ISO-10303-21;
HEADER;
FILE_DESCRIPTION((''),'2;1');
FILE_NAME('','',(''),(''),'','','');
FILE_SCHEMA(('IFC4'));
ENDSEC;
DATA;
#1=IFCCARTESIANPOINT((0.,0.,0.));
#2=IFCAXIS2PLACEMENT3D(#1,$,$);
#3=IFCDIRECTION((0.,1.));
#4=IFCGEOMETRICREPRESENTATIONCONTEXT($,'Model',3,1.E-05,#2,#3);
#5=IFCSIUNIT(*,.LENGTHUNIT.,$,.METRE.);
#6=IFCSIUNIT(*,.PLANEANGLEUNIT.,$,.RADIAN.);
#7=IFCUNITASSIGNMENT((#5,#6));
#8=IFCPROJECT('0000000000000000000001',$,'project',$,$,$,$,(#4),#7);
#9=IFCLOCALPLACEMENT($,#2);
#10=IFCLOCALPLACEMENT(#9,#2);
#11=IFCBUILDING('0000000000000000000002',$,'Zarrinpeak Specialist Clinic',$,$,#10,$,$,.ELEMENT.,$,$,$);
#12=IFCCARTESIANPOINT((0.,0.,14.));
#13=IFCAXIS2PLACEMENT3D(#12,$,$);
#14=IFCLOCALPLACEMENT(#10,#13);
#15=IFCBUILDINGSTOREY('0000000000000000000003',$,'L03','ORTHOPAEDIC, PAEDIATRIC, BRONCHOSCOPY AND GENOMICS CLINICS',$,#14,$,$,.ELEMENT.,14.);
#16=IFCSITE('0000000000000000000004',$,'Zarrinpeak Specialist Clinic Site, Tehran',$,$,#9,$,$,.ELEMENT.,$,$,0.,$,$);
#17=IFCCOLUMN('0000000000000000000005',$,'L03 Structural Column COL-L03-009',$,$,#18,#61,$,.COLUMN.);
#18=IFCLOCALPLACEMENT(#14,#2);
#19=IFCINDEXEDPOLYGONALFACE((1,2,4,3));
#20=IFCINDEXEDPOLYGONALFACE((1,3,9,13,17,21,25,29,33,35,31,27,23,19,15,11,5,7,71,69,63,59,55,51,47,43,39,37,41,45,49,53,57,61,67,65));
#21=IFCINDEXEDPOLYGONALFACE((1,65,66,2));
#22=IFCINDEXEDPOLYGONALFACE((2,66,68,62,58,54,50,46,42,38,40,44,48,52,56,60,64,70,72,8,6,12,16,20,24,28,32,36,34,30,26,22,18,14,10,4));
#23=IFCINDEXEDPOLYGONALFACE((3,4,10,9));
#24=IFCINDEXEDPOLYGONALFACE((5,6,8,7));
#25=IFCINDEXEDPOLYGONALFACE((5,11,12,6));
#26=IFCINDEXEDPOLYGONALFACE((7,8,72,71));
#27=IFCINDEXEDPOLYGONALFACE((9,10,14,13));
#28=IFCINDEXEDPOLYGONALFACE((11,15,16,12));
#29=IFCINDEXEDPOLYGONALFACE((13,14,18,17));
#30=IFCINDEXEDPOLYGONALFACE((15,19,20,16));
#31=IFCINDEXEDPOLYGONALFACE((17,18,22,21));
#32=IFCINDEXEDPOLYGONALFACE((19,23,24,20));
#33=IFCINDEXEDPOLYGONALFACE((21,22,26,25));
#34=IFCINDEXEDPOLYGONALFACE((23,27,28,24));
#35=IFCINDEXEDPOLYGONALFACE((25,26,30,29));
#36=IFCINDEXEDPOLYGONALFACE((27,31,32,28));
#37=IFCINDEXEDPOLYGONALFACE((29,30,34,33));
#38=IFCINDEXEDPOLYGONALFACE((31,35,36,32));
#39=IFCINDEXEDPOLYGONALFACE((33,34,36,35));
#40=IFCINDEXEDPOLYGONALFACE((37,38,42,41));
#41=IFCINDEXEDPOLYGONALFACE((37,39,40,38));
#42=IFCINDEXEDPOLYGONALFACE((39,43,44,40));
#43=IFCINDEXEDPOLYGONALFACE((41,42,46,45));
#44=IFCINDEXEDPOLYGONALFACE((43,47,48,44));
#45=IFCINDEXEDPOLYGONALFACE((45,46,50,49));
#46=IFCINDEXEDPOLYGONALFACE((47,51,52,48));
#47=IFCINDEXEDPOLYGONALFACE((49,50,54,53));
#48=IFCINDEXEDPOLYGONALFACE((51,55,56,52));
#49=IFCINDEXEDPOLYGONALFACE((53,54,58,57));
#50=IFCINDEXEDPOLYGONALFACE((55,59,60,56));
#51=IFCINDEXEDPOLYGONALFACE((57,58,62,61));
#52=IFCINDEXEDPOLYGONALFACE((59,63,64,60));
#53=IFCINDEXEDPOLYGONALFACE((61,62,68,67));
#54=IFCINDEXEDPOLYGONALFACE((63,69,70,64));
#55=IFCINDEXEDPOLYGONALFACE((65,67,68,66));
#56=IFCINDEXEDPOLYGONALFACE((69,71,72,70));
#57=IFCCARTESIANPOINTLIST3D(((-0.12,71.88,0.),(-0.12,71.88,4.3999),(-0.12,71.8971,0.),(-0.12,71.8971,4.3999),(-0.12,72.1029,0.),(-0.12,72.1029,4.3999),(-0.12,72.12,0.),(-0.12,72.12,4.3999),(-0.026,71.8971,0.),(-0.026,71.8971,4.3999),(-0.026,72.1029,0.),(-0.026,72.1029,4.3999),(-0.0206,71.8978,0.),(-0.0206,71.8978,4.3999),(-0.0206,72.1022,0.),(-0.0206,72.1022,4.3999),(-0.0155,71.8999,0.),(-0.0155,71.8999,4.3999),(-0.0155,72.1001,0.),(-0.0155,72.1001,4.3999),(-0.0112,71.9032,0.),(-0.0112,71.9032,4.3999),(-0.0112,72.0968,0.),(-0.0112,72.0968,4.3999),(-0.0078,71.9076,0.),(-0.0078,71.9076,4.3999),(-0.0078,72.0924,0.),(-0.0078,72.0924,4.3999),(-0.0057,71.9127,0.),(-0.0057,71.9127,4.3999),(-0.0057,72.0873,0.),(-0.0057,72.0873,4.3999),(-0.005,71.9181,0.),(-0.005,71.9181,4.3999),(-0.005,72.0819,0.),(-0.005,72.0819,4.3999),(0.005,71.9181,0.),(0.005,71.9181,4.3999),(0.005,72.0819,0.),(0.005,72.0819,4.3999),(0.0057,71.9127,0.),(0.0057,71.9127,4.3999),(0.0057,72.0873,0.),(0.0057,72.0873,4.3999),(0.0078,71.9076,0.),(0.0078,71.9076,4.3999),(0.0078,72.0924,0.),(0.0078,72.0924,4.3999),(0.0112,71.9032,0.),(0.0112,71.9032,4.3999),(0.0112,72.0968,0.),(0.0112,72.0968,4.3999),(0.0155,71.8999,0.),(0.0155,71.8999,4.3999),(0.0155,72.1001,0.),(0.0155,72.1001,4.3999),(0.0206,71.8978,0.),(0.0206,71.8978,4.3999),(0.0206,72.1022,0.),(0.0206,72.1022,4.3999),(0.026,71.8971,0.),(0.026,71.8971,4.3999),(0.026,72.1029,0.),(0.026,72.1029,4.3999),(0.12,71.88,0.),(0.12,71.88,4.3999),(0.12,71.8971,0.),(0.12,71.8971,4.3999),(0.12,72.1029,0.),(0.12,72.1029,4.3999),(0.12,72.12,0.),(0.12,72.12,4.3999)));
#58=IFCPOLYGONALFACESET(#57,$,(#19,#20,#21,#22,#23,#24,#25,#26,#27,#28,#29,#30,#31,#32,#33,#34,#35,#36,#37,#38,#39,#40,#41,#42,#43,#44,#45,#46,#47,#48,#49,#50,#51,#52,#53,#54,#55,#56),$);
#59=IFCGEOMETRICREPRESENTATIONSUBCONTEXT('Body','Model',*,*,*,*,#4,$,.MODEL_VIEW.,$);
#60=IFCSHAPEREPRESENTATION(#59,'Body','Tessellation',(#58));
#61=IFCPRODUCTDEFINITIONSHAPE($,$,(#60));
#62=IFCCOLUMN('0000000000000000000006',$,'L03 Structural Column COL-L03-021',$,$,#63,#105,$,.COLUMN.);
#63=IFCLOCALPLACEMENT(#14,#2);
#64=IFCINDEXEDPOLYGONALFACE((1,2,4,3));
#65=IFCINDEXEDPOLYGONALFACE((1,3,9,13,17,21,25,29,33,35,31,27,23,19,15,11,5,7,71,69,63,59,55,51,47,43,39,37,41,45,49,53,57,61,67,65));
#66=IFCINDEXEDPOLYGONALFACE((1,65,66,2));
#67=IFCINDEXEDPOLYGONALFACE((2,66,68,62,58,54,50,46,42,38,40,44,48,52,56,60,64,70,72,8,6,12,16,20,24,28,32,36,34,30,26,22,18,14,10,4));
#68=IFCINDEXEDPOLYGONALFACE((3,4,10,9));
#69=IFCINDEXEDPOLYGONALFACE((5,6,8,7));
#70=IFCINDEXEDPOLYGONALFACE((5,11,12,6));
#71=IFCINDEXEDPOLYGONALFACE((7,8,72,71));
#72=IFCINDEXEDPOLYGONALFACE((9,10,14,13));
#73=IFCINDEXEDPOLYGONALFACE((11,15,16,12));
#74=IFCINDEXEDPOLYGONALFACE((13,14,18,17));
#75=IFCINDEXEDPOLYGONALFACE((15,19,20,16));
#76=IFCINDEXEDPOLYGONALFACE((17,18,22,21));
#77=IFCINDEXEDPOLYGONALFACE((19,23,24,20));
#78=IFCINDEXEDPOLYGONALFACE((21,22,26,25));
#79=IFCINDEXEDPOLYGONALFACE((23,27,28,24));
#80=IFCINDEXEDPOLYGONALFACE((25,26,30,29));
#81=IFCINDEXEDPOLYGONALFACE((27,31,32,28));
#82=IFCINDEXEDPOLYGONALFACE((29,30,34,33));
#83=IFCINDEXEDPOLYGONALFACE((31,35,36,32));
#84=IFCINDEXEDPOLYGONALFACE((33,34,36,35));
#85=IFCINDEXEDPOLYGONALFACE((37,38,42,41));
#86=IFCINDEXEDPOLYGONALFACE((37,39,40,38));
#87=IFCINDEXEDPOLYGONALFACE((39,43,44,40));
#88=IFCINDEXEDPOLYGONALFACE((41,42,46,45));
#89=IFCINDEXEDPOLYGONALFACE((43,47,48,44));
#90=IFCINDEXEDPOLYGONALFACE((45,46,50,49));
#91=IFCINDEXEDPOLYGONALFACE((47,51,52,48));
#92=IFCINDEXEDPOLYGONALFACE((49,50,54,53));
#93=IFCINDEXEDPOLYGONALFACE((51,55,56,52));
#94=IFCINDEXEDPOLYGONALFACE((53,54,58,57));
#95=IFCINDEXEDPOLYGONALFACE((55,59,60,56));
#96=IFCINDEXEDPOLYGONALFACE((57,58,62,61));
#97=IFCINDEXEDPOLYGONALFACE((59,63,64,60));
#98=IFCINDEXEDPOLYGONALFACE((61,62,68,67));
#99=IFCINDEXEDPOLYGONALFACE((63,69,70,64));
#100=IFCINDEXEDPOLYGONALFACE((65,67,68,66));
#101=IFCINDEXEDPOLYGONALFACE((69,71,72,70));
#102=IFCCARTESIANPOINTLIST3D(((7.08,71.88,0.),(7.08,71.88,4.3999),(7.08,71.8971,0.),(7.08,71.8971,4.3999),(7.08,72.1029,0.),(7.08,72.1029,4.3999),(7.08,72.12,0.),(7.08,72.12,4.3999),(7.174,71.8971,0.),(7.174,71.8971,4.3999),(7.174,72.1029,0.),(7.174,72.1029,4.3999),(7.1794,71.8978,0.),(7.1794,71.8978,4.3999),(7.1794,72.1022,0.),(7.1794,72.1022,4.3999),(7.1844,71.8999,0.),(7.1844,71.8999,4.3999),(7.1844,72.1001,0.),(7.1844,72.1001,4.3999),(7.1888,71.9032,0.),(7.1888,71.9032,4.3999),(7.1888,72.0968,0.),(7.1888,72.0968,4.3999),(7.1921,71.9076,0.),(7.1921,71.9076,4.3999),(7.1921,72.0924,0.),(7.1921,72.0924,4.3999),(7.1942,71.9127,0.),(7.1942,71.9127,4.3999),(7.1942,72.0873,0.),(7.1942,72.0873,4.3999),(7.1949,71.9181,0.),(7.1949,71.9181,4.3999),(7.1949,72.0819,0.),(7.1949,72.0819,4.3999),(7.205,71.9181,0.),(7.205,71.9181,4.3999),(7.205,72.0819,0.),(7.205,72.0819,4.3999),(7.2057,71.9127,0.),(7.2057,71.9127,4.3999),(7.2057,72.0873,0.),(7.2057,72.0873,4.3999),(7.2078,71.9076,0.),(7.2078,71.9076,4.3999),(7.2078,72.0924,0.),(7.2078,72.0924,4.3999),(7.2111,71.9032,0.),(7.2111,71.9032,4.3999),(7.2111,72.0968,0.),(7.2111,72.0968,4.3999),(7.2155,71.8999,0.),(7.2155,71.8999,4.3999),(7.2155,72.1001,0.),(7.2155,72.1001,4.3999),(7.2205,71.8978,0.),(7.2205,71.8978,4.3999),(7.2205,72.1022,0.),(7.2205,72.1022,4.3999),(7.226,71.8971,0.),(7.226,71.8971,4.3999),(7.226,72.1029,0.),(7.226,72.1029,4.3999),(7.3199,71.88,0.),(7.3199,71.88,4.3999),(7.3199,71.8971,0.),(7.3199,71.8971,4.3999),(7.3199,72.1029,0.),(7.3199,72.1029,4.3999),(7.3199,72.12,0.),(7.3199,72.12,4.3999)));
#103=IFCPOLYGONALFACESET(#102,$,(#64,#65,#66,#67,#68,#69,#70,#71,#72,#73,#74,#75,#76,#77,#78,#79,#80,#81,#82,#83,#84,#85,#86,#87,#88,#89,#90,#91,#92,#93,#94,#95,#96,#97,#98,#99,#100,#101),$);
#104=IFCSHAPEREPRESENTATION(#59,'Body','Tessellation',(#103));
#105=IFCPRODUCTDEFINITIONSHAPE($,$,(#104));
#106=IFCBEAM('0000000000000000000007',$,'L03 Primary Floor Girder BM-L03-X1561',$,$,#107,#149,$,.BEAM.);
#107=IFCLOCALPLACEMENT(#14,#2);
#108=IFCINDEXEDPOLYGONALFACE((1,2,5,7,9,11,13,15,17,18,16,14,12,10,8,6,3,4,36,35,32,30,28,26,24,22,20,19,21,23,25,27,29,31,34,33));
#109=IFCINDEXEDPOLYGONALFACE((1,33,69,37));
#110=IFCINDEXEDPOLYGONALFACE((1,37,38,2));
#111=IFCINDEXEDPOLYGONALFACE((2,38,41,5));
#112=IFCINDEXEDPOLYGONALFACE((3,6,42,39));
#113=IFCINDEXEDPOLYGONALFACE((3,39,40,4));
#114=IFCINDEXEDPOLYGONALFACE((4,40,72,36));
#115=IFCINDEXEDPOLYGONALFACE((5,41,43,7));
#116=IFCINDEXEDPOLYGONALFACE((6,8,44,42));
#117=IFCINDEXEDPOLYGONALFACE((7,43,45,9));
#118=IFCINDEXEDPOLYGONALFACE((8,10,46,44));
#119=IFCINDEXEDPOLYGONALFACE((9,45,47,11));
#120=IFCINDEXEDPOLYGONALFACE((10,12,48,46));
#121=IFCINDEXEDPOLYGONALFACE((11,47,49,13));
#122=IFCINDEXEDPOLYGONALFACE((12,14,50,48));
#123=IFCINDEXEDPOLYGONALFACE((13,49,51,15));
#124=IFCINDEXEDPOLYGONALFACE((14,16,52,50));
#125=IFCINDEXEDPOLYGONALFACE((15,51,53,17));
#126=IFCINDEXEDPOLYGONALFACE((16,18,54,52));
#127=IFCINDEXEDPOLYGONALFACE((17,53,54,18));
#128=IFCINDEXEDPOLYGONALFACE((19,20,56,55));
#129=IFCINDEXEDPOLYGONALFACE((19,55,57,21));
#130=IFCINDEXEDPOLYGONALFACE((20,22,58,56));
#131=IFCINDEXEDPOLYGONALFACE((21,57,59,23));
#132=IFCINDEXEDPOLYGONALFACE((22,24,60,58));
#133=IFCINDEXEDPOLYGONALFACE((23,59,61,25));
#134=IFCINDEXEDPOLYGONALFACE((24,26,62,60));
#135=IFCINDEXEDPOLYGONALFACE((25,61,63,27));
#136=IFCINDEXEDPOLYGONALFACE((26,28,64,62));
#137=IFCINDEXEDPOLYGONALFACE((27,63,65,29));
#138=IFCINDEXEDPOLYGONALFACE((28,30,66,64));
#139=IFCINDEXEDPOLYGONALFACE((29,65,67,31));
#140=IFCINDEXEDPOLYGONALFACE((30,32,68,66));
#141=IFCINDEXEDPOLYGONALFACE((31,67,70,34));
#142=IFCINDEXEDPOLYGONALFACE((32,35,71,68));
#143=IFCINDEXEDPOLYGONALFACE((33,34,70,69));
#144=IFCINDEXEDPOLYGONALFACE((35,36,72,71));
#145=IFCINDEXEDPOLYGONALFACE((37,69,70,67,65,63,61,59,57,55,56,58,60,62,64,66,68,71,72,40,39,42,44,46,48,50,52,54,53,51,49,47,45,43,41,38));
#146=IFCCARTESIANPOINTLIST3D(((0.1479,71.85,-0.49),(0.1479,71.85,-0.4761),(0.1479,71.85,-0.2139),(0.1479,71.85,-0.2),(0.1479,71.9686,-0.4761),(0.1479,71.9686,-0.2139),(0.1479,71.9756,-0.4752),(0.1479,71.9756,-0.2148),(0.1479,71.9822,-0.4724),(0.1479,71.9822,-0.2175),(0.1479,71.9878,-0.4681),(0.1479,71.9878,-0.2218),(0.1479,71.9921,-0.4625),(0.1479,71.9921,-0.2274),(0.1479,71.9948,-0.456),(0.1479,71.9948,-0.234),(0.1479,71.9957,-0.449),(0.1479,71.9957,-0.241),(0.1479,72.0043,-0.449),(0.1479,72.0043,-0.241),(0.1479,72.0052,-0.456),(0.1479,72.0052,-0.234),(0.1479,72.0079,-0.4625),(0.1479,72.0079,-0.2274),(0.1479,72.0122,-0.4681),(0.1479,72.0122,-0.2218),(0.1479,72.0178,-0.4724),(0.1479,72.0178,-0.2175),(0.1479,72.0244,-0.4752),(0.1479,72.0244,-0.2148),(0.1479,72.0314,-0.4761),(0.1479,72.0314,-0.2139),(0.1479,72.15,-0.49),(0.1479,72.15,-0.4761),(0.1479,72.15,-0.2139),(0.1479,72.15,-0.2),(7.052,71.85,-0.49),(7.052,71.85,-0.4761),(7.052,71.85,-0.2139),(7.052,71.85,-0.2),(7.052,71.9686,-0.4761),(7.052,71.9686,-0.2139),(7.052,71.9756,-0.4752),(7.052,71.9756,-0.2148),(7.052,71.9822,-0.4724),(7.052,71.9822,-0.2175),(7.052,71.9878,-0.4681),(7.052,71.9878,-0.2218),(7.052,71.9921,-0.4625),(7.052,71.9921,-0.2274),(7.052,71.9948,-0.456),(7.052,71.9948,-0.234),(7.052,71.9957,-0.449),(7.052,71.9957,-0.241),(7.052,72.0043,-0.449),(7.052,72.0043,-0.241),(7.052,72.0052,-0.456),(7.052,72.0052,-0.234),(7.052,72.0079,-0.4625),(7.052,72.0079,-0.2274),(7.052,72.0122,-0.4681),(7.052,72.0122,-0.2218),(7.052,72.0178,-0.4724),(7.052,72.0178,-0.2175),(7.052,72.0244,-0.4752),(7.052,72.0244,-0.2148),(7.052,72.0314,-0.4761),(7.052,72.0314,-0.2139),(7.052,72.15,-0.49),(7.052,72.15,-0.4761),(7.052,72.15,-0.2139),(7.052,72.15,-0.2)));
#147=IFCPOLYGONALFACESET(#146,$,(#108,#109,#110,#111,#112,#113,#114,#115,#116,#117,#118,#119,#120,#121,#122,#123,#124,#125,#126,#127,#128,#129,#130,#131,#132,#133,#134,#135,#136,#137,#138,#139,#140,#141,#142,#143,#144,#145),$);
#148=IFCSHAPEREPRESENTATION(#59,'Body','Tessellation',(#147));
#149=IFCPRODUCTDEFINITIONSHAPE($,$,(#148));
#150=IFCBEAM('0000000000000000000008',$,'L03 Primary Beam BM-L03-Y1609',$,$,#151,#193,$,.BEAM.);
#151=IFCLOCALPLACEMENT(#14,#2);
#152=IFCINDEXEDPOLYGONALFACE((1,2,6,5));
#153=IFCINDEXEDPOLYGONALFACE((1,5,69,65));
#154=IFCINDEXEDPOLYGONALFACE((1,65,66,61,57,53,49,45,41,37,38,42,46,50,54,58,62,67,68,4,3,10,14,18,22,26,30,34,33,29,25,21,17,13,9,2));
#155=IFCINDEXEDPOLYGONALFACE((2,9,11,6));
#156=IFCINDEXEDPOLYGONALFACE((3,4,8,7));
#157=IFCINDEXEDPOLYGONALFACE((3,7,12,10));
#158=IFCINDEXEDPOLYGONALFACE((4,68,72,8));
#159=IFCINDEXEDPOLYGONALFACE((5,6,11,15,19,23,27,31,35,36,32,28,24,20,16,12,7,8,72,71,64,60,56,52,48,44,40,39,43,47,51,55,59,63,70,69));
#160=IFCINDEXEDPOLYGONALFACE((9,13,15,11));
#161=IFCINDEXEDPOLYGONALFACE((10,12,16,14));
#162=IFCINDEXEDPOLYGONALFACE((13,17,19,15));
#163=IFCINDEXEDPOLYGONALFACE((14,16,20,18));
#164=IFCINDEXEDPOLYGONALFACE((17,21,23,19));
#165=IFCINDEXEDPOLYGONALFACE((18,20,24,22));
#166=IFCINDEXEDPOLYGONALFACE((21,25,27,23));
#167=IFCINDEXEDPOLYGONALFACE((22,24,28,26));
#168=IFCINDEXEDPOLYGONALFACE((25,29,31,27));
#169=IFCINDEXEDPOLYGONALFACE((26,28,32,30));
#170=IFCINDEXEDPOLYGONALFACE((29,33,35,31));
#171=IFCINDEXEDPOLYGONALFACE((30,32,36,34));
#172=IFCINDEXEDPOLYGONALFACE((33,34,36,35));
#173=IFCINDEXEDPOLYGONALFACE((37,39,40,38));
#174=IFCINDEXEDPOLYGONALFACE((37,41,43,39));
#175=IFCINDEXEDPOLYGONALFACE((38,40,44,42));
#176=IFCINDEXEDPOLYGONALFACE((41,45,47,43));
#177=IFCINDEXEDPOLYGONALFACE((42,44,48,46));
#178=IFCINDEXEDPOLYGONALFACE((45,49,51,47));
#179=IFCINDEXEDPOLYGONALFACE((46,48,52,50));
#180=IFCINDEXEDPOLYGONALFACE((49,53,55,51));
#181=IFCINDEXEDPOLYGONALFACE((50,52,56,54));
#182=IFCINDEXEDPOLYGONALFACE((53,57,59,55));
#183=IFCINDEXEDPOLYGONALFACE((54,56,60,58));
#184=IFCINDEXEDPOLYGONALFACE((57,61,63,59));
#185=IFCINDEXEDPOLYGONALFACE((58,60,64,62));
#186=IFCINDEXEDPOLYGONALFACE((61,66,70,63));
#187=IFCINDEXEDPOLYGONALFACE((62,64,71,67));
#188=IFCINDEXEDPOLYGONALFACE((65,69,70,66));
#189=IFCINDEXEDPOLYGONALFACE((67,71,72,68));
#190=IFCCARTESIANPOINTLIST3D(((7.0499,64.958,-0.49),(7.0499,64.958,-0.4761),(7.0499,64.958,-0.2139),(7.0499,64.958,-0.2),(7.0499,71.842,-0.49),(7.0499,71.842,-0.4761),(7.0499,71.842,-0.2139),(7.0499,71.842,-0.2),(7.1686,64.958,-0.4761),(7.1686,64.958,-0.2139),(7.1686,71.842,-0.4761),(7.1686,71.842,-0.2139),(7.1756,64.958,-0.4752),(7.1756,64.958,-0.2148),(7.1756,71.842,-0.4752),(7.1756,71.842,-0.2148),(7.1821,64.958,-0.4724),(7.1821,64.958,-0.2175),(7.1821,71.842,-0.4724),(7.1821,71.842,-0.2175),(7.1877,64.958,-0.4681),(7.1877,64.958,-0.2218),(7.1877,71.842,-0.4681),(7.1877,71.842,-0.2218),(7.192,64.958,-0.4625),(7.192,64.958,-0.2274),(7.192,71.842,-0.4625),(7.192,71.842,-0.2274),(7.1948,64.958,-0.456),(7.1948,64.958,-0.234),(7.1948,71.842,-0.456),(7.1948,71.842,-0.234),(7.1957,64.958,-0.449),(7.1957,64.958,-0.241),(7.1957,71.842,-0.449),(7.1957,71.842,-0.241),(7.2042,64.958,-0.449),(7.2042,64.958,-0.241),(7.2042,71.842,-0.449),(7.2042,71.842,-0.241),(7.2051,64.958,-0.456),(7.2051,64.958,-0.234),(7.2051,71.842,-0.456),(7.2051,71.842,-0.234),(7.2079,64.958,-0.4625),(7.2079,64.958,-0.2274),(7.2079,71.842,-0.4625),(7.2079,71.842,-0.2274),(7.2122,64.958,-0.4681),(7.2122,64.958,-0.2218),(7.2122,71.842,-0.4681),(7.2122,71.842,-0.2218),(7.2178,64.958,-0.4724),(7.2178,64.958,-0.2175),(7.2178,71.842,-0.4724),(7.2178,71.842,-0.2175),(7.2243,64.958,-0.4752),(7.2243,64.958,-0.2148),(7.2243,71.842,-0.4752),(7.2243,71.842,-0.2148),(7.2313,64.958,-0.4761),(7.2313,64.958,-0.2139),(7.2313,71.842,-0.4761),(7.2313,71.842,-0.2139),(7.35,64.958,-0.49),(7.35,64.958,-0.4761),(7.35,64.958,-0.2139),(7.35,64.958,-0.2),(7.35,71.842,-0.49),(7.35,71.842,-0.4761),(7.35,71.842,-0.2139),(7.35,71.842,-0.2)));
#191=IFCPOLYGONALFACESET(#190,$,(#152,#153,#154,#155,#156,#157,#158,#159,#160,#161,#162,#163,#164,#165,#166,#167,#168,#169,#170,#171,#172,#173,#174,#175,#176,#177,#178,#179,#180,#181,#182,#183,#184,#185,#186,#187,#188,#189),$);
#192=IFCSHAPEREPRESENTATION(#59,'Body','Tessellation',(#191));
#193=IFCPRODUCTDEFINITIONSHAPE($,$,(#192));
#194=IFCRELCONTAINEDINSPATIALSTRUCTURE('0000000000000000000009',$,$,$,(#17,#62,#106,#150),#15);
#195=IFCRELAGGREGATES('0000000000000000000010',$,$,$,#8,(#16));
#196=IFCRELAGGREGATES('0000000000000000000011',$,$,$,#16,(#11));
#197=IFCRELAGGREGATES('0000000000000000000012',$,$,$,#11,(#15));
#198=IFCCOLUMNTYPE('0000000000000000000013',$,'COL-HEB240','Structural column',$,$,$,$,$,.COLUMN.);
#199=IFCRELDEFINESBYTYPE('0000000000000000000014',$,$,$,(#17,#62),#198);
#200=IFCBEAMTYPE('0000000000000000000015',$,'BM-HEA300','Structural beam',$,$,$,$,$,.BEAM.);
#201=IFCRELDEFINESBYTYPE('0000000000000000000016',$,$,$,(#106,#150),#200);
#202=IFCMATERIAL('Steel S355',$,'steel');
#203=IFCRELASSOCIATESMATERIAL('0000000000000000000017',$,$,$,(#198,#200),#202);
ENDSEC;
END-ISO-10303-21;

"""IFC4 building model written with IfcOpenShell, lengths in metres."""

from ifc_helpers import new_model, si_unit, direction, frame, origin, origin_2d, place, context, subcontext, project, spatial, i_section, extrude, material, material_profile, profile_set, type_object, element, save


model = new_model("IFC4")

# Units and contexts
model_context = context("Model", 3, precision=1e-05, world=origin(), true_north=direction((0.0, 1.0)))
body_context = subcontext(model_context, "Body", "Model", "MODEL_VIEW")
ifc_project = project(units=[si_unit("LENGTHUNIT", "METRE"), si_unit("PLANEANGLEUNIT", "RADIAN")], contexts=[model_context])

# Site, building, storey
site_placement = place(None, origin())
site = spatial("IfcSite", under=ifc_project, at=site_placement, Name="Zarrinpeak Specialist Clinic Site, Tehran", CompositionType="ELEMENT", RefElevation=0.0)
building_placement = place(site_placement, origin())
building = spatial("IfcBuilding", under=site, at=building_placement, Name="Zarrinpeak Specialist Clinic", CompositionType="ELEMENT")
storey_placement = place(building_placement, frame((0.0, 0.0, 14.0)))
storey = spatial("IfcBuildingStorey", under=building, at=storey_placement, Name="L03", Description="ORTHOPAEDIC, PAEDIATRIC, BRONCHOSCOPY AND GENOMICS CLINICS", CompositionType="ELEMENT", Elevation=14.0)

# Columns
ifc_material_1 = material(Name="Steel S355", Category="steel")
ifc_material_profile_1 = material_profile(ifc_material_1, i_section(OverallWidth=0.24, OverallDepth=0.24, WebThickness=0.01, FlangeThickness=0.0171, FilletRadius=0.021, at=origin_2d()), Name="HEB 240")
ifc_profile_set_1 = profile_set([ifc_material_profile_1], Name="Steel S355")
column_type = type_object("IfcColumnType", Name="COL-HEB240", Description="Structural column", PredefinedType="COLUMN", material=ifc_profile_set_1)
for number, where, z_axis, x_axis, name in (
    (1, (0.0, 72.0, 0.0), (0.0, 0.0, 1.0), (1.0, 0.0, 0.0), "L03 Structural Column COL-L03-009"),
    (2, (7.2, 72.0, 0.0), (0.0, 0.0, 1.0), (1.0, 0.0, 0.0), "L03 Structural Column COL-L03-021"),
):
    element("IfcColumn", number, at=place(storey_placement, frame(where, z_axis=z_axis, x_axis=x_axis)), inside=storey, type_object=column_type, Name=name, PredefinedType="COLUMN", context=body_context, shape_type="SweptSolid", body=[
        extrude(i_section(OverallWidth=0.24, OverallDepth=0.24, WebThickness=0.01, FlangeThickness=0.0171, FilletRadius=0.021, at=origin_2d()), origin(), (0.0, 0.0, 1.0), 4.3999),
    ])

# Beams
ifc_material_profile_2 = material_profile(ifc_material_1, i_section(OverallWidth=0.3, OverallDepth=0.29, WebThickness=0.0085, FlangeThickness=0.0139, FilletRadius=0.0271, at=origin_2d()), Name="HEA 300")
ifc_profile_set_2 = profile_set([ifc_material_profile_2], Name="Steel S355")
beam_type_1 = type_object("IfcBeamType", Name="BM-HEA300", Description="Structural beam", PredefinedType="BEAM", material=ifc_profile_set_2)
beam_1_placement = place(storey_placement, frame((0.1479, 72.0, -0.345), z_axis=(1.0, 0.0, 0.0), x_axis=(0.0, 1.0, 0.0)))
element("IfcBeam", 3, at=beam_1_placement, inside=storey, type_object=beam_type_1, Name="L03 Primary Floor Girder BM-L03-X1561", PredefinedType="BEAM", context=body_context, shape_type="SweptSolid", body=[
    extrude(i_section(OverallWidth=0.3, OverallDepth=0.29, WebThickness=0.0085, FlangeThickness=0.0139, FilletRadius=0.0271, at=origin_2d()), origin(), (0.0, 0.0, 1.0), 6.9041),
])
beam_2_placement = place(storey_placement, frame((7.2, 64.958, -0.345), z_axis=(0.0, 1.0, 0.0), x_axis=(-1.0, 0.0, 0.0)))
element("IfcBeam", 4, at=beam_2_placement, inside=storey, type_object=beam_type_1, Name="L03 Primary Beam BM-L03-Y1609", PredefinedType="BEAM", context=body_context, shape_type="SweptSolid", body=[
    extrude(i_section(OverallWidth=0.3, OverallDepth=0.29, WebThickness=0.0085, FlangeThickness=0.0139, FilletRadius=0.0271, at=origin_2d()), origin(), (0.0, 0.0, 1.0), 6.884),
])

save(model, "model.ifc")
